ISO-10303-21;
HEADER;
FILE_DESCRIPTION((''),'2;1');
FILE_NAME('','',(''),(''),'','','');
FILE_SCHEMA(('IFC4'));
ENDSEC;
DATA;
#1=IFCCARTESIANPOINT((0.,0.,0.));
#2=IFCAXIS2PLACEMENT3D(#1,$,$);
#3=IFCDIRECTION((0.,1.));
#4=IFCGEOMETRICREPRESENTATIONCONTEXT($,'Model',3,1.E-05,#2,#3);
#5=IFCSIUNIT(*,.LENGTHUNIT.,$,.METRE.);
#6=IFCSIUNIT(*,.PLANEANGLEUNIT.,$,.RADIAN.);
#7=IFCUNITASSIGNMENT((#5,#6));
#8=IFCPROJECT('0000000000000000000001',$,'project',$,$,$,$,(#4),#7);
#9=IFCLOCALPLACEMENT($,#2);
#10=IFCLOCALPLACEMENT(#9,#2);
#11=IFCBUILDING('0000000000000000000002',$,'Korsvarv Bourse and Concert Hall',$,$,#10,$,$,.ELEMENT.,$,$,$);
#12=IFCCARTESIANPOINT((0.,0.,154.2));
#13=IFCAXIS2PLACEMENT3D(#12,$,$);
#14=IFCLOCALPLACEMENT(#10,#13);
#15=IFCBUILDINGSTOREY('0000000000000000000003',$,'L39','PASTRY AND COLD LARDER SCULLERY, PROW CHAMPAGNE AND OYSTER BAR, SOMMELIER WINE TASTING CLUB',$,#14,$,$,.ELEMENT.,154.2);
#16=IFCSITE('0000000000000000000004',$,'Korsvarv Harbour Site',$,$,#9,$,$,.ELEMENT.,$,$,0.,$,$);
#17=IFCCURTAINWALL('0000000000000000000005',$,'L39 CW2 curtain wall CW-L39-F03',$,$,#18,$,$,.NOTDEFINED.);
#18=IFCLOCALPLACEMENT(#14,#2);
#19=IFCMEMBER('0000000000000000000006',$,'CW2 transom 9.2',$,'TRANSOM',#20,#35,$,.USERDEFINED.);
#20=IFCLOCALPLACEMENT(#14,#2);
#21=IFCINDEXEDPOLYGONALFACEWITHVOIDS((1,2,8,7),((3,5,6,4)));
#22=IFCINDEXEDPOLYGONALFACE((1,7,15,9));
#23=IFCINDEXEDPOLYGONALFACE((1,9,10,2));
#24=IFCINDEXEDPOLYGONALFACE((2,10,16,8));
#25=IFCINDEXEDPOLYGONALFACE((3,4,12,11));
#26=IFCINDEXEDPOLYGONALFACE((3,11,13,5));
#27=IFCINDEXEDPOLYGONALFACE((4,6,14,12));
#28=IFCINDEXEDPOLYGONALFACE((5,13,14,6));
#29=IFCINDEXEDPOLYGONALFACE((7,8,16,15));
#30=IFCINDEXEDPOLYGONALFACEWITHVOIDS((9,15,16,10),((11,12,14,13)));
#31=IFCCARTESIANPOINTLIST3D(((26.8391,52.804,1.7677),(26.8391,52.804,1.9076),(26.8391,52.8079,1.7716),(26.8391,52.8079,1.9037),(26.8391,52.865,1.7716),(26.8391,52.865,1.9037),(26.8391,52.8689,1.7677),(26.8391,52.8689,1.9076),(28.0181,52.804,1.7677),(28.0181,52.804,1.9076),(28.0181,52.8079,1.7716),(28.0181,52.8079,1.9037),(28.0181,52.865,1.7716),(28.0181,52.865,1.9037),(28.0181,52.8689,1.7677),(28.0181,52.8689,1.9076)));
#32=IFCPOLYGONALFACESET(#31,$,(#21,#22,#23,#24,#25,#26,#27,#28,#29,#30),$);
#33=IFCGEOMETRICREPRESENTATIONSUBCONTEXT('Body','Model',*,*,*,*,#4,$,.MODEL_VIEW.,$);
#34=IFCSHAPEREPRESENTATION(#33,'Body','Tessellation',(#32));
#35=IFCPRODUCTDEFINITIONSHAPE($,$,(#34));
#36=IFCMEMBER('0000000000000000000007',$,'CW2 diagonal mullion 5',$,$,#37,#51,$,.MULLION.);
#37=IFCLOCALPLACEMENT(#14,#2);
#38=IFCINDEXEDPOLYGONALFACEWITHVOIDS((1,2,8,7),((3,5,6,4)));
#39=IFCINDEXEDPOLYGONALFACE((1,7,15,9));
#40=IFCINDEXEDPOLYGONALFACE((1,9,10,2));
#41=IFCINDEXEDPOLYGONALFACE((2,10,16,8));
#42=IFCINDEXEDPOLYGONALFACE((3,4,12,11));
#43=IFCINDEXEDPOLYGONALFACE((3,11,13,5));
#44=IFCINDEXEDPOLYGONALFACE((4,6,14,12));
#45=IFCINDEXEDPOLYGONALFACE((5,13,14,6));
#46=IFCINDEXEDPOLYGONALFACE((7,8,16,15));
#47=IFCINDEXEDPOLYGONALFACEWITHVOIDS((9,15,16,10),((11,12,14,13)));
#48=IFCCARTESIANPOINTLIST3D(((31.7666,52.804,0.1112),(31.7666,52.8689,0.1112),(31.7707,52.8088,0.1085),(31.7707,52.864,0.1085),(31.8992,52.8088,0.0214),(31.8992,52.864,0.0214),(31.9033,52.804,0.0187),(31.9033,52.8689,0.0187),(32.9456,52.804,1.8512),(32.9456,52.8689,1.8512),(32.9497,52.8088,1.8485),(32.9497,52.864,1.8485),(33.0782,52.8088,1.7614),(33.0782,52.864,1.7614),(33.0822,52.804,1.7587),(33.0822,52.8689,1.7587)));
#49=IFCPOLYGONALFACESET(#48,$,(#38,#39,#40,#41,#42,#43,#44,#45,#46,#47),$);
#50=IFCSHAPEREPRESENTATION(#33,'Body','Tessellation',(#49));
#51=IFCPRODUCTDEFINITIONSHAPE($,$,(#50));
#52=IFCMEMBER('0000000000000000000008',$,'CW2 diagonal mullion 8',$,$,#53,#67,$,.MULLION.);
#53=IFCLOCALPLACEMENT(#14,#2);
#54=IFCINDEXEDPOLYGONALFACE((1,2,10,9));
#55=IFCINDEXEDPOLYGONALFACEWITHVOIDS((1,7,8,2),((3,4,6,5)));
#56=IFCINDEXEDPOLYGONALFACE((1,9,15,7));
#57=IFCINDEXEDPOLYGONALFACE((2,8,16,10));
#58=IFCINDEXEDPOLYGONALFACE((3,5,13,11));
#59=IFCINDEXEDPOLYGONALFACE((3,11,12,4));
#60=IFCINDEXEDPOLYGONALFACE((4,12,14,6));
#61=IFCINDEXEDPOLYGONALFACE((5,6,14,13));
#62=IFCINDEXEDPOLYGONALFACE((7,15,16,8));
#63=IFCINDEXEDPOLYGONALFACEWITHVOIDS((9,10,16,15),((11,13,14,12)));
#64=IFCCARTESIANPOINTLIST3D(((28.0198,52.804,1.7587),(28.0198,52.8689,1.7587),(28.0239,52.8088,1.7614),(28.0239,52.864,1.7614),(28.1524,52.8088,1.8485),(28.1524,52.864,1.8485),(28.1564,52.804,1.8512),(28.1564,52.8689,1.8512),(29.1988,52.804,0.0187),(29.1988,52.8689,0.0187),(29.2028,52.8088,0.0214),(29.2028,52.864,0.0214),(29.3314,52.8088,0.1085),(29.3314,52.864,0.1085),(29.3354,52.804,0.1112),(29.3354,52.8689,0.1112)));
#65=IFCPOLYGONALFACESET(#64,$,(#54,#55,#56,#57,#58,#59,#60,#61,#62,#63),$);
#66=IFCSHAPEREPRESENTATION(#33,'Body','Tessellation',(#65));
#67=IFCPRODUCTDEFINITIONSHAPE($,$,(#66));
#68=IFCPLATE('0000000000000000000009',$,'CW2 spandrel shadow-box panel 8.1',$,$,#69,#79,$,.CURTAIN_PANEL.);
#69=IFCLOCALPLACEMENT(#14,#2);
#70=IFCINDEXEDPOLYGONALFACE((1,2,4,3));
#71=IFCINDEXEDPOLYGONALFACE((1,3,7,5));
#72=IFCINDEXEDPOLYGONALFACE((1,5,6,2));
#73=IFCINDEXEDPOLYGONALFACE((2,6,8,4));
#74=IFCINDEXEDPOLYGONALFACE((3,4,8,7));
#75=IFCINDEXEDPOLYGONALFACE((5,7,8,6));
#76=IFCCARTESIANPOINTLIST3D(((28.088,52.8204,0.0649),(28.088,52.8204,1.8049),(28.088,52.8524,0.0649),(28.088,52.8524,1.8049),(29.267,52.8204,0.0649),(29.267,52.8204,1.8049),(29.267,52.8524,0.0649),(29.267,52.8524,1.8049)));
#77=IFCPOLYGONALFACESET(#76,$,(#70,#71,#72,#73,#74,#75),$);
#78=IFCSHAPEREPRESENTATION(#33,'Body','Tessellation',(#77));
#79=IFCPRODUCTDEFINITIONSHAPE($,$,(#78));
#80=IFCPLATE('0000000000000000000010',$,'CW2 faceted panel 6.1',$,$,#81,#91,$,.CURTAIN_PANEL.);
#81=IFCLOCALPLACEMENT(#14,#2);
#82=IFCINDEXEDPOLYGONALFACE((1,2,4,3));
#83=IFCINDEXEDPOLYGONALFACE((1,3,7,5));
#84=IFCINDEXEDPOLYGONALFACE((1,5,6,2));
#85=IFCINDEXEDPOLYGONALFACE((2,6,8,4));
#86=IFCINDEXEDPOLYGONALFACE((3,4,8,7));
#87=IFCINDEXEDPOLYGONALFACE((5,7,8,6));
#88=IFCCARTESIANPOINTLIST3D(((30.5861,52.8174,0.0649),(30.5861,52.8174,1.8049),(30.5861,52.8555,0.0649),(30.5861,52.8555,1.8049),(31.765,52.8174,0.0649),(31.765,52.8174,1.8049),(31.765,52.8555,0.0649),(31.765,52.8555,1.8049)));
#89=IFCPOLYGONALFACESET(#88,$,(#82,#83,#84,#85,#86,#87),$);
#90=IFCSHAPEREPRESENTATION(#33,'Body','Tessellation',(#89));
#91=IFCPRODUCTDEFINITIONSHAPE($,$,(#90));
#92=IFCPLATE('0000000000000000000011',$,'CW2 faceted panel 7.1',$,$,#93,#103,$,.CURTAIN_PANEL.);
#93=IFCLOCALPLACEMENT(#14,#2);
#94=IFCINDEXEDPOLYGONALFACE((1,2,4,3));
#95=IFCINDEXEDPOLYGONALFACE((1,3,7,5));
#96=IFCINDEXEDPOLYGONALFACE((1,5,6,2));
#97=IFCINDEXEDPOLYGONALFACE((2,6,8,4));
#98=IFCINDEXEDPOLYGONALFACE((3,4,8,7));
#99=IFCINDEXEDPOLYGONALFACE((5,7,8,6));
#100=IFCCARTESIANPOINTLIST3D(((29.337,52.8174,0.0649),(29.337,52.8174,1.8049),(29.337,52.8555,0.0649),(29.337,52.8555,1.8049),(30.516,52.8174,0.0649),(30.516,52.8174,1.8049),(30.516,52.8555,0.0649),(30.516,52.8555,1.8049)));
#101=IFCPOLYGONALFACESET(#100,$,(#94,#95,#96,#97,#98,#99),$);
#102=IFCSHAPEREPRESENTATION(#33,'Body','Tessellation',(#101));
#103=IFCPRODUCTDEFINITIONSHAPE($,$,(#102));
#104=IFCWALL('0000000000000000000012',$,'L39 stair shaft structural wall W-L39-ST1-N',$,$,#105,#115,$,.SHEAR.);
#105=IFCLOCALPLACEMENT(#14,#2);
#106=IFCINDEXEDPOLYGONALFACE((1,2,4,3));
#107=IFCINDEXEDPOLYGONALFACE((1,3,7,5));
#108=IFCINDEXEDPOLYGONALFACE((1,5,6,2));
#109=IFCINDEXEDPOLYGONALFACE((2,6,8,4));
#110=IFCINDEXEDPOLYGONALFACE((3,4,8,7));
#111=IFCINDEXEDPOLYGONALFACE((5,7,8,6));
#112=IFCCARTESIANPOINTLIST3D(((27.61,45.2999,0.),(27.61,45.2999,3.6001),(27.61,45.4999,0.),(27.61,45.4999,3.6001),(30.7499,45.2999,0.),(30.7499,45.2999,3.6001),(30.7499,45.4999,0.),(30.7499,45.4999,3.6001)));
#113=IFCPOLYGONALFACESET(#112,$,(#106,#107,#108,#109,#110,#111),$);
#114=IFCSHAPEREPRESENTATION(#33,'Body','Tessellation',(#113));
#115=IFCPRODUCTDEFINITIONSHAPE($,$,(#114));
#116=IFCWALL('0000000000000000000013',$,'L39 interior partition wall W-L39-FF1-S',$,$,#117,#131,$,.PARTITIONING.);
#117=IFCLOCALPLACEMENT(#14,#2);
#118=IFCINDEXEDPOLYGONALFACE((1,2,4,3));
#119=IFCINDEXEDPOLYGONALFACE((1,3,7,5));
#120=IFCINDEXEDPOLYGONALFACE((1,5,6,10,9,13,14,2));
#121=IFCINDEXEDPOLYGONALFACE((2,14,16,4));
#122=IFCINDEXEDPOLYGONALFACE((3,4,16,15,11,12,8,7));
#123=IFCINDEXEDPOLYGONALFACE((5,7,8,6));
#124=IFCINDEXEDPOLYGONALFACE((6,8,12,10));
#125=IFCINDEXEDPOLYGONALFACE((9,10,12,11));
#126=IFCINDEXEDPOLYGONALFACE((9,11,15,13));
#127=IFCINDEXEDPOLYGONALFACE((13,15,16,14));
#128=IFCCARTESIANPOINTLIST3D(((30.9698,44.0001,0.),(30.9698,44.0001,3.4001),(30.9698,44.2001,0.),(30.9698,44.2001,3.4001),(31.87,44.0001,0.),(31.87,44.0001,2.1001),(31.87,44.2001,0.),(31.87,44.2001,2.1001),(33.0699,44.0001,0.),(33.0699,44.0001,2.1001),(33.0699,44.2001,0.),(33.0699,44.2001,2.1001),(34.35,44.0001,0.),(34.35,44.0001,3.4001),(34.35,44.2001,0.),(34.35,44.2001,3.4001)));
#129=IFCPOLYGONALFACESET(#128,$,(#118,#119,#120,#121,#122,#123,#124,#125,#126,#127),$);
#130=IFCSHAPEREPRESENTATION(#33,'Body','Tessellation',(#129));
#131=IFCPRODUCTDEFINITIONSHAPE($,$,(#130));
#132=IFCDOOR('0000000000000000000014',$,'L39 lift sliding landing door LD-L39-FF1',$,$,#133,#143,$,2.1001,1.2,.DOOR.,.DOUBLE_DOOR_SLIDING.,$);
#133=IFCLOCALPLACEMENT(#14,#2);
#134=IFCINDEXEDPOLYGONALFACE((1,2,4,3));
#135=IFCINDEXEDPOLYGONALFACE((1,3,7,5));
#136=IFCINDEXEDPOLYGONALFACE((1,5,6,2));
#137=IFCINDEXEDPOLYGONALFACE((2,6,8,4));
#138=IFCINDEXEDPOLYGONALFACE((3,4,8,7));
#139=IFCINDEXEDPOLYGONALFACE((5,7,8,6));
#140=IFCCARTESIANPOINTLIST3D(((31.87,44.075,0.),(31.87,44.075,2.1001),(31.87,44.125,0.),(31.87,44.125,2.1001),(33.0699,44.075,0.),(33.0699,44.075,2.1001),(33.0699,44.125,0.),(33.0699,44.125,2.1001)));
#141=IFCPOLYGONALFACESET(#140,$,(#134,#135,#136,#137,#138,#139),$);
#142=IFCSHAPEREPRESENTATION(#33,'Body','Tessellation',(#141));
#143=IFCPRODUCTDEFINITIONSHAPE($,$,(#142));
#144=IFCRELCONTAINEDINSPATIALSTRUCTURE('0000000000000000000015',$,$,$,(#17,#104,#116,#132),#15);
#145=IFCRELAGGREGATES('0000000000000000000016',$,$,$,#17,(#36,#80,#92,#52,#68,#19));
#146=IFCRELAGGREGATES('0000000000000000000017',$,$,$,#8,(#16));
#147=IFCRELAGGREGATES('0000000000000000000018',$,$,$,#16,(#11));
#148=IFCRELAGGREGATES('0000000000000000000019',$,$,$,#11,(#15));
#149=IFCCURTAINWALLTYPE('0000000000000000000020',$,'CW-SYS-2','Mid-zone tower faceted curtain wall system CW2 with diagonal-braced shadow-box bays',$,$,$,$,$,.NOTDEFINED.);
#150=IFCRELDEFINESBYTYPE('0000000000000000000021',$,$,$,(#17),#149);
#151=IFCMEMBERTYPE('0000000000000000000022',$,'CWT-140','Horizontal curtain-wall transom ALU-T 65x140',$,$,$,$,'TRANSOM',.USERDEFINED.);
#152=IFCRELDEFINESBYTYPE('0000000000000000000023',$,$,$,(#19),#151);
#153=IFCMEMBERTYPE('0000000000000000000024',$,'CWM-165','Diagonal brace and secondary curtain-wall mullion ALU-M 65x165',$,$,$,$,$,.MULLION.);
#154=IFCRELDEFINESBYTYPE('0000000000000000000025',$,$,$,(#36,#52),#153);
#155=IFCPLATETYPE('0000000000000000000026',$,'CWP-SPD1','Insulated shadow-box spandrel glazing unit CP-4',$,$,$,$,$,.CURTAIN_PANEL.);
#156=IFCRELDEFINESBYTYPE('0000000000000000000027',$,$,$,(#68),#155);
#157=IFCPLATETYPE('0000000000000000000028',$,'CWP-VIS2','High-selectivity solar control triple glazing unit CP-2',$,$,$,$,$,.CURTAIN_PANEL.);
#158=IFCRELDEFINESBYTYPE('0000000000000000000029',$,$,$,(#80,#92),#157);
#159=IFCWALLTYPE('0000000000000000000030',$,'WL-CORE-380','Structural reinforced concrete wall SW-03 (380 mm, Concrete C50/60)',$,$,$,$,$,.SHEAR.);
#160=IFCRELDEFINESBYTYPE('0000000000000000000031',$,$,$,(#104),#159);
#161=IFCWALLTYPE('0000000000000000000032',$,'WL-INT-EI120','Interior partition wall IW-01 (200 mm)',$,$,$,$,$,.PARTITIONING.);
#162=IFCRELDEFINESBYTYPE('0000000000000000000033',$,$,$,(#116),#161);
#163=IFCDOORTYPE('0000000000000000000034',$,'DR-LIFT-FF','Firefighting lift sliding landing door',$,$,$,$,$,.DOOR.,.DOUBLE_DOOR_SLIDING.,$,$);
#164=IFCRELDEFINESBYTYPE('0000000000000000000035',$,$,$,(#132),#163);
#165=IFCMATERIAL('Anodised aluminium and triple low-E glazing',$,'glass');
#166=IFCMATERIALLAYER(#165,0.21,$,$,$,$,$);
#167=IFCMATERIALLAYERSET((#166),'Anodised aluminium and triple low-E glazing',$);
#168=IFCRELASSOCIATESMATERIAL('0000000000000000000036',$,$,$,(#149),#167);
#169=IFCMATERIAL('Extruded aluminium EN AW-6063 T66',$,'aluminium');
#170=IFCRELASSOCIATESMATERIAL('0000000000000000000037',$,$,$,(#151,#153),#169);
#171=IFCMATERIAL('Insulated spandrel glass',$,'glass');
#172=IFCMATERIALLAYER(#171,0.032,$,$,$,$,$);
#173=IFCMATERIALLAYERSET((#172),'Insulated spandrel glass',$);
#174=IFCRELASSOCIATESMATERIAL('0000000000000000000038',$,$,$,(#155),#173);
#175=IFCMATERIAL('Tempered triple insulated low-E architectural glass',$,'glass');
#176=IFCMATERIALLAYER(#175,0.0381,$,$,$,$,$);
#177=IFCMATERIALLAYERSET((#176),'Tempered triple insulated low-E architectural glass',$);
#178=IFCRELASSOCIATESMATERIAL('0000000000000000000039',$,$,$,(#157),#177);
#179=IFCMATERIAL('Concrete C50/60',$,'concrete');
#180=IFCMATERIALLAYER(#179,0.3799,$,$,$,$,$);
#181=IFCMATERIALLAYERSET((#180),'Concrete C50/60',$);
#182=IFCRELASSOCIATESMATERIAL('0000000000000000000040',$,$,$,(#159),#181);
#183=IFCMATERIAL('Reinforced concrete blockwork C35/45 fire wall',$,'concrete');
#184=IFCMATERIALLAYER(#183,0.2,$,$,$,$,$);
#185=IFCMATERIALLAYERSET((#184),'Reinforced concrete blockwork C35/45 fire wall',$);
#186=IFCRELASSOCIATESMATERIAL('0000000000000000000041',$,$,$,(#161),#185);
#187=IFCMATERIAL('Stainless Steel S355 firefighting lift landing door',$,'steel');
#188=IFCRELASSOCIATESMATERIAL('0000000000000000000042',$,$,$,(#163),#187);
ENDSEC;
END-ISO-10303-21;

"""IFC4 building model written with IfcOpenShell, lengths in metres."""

from ifc_helpers import new_model, si_unit, direction, frame, frame_2d, origin, origin_2d, place, context, subcontext, project, spatial, rectangle, hollow_rectangle, extrude, source, transform, mapped, material, layer, layer_set, material_profile, profile_set, type_object, element, fill, aggregate, save


model = new_model("IFC4")

# Units and contexts
model_context = context("Model", 3, precision=1e-05, world=origin(), true_north=direction((0.0, 1.0)))
body_context = subcontext(model_context, "Body", "Model", "MODEL_VIEW")
ifc_project = project(units=[si_unit("LENGTHUNIT", "METRE"), si_unit("PLANEANGLEUNIT", "RADIAN")], contexts=[model_context])

# Site, building, storey
site_placement = place(None, origin())
site = spatial("IfcSite", under=ifc_project, at=site_placement, Name="Korsvarv Harbour Site", CompositionType="ELEMENT", RefElevation=0.0)
building_placement = place(site_placement, origin())
building = spatial("IfcBuilding", under=site, at=building_placement, Name="Korsvarv Bourse and Concert Hall", CompositionType="ELEMENT")
storey_placement = place(building_placement, frame((0.0, 0.0, 154.2)))
storey = spatial("IfcBuildingStorey", under=building, at=storey_placement, Name="L39", Description="PASTRY AND COLD LARDER SCULLERY, PROW CHAMPAGNE AND OYSTER BAR, SOMMELIER WINE TASTING CLUB", CompositionType="ELEMENT", Elevation=154.2)

# Curtain wall, members, plates
ifc_material_1 = material(Name="Anodised aluminium and triple low-E glazing", Category="glass")
ifc_layer_1 = layer(ifc_material_1, 0.21)
ifc_layer_set_1 = layer_set([ifc_layer_1], Name="Anodised aluminium and triple low-E glazing")
curtain_wall_type = type_object("IfcCurtainWallType", Name="CW-SYS-2", Description="Mid-zone tower faceted curtain wall system CW2 with diagonal-braced shadow-box bays", PredefinedType="NOTDEFINED", material=ifc_layer_set_1)
curtain_wall_placement = place(storey_placement, origin())
curtain_wall = element("IfcCurtainWall", 1, at=curtain_wall_placement, inside=storey, type_object=curtain_wall_type, Name="L39 CW2 curtain wall CW-L39-F03", PredefinedType="NOTDEFINED")
ifc_material_2 = material(Name="Extruded aluminium EN AW-6063 T66", Category="aluminium")
ifc_material_profile_1 = material_profile(ifc_material_2, hollow_rectangle(XDim=0.0649, YDim=0.1399, WallThickness=0.0039, at=origin_2d()), Name="ALU-T 65x140")
ifc_profile_set_1 = profile_set([ifc_material_profile_1], Name="Extruded aluminium EN AW-6063 T66")
member_type_1 = type_object("IfcMemberType", Name="CWT-140", Description="Horizontal curtain-wall transom ALU-T 65x140", ElementType="TRANSOM", PredefinedType="USERDEFINED", material=ifc_profile_set_1)
shared_shape_1 = source(origin(), body_context, "Body", "SweptSolid", [
    extrude(hollow_rectangle(XDim=0.0649, YDim=0.1399, WallThickness=0.0039, at=origin_2d()), origin(), (0.0, 0.0, 1.0), 1.179),
])
member_1_placement = place(storey_placement, frame((28.0181, 52.8364, 1.8376), z_axis=(-1.0, 0.0, 0.0), x_axis=(0.0, -1.0, 0.0)))
member_1 = element("IfcMember", 2, at=member_1_placement, type_object=member_type_1, Name="CW2 transom 9.2", ObjectType="TRANSOM", PredefinedType="USERDEFINED", context=body_context, shape_type="MappedRepresentation", body=[
    mapped(shared_shape_1, transform((0.0, 0.0, 0.0), scale=1.0)),
])
ifc_material_profile_2 = material_profile(ifc_material_2, hollow_rectangle(XDim=0.0649, YDim=0.165, WallThickness=0.0049, at=origin_2d()), Name="ALU-M 65x165")
ifc_profile_set_2 = profile_set([ifc_material_profile_2], Name="Extruded aluminium EN AW-6063 T66")
member_type_2 = type_object("IfcMemberType", Name="CWM-165", Description="Diagonal brace and secondary curtain-wall mullion ALU-M 65x165", PredefinedType="MULLION", material=ifc_profile_set_2)
shared_shape_2 = source(origin(), body_context, "Body", "SweptSolid", [
    extrude(hollow_rectangle(XDim=0.0649, YDim=0.165, WallThickness=0.0049, at=origin_2d()), origin(), (0.0, 0.0, 1.0), 2.1018),
])
member_2_placement = place(storey_placement, frame((31.835, 52.8364, 0.0649), z_axis=(0.56093, 0.0, 0.827863), x_axis=(0.0, 1.0, 0.0)))
member_2 = element("IfcMember", 3, at=member_2_placement, type_object=member_type_2, Name="CW2 diagonal mullion 5", PredefinedType="MULLION", context=body_context, shape_type="MappedRepresentation", body=[
    mapped(shared_shape_2, transform((0.0, 0.0, 0.0), scale=1.0)),
])
member_3_placement = place(storey_placement, frame((29.2671, 52.8364, 0.0649), z_axis=(-0.56093, 0.0, 0.827863), x_axis=(0.0, -1.0, 0.0)))
member_3 = element("IfcMember", 4, at=member_3_placement, type_object=member_type_2, Name="CW2 diagonal mullion 8", PredefinedType="MULLION", context=body_context, shape_type="MappedRepresentation", body=[
    mapped(shared_shape_2, transform((0.0, 0.0, 0.0), scale=1.0)),
])
ifc_material_3 = material(Name="Insulated spandrel glass", Category="glass")
ifc_layer_2 = layer(ifc_material_3, 0.032)
ifc_layer_set_2 = layer_set([ifc_layer_2], Name="Insulated spandrel glass")
plate_type_1 = type_object("IfcPlateType", Name="CWP-SPD1", Description="Insulated shadow-box spandrel glazing unit CP-4", PredefinedType="CURTAIN_PANEL", material=ifc_layer_set_2)
shared_shape_3 = source(origin(), body_context, "Body", "SweptSolid", [
    extrude(rectangle(XDim=1.179, YDim=0.032, at=origin_2d()), origin(), (0.0, 0.0, 1.0), 1.74),
])
plate_1_placement = place(storey_placement, frame((28.6775, 52.8364, 0.0649), z_axis=(0.0, 0.0, 1.0), x_axis=(-1.0, 0.0, 0.0)))
plate_1 = element("IfcPlate", 5, at=plate_1_placement, type_object=plate_type_1, Name="CW2 spandrel shadow-box panel 8.1", PredefinedType="CURTAIN_PANEL", context=body_context, shape_type="MappedRepresentation", body=[
    mapped(shared_shape_3, transform((0.0, 0.0, 0.0), scale=1.0)),
])
ifc_material_4 = material(Name="Tempered triple insulated low-E architectural glass", Category="glass")
ifc_layer_3 = layer(ifc_material_4, 0.0381)
ifc_layer_set_3 = layer_set([ifc_layer_3], Name="Tempered triple insulated low-E architectural glass")
plate_type_2 = type_object("IfcPlateType", Name="CWP-VIS2", Description="High-selectivity solar control triple glazing unit CP-2", PredefinedType="CURTAIN_PANEL", material=ifc_layer_set_3)
shared_shape_4 = source(origin(), body_context, "Body", "SweptSolid", [
    extrude(rectangle(XDim=1.179, YDim=0.0381, at=origin_2d()), origin(), (0.0, 0.0, 1.0), 1.74),
])
plate_2_placement = place(storey_placement, frame((31.1755, 52.8364, 0.0649), z_axis=(0.0, 0.0, 1.0), x_axis=(-1.0, 0.0, 0.0)))
plate_2 = element("IfcPlate", 6, at=plate_2_placement, type_object=plate_type_2, Name="CW2 faceted panel 6.1", PredefinedType="CURTAIN_PANEL", context=body_context, shape_type="MappedRepresentation", body=[
    mapped(shared_shape_4, transform((0.0, 0.0, 0.0), scale=1.0)),
])
plate_3_placement = place(storey_placement, frame((29.9265, 52.8364, 0.0649), z_axis=(0.0, 0.0, 1.0), x_axis=(-1.0, 0.0, 0.0)))
plate_3 = element("IfcPlate", 7, at=plate_3_placement, type_object=plate_type_2, Name="CW2 faceted panel 7.1", PredefinedType="CURTAIN_PANEL", context=body_context, shape_type="MappedRepresentation", body=[
    mapped(shared_shape_4, transform((0.0, 0.0, 0.0), scale=1.0)),
])
aggregate(curtain_wall, [member_2, plate_2, plate_3, member_3, plate_1, member_1])

# Wall
ifc_material_5 = material(Name="Concrete C50/60", Category="concrete")
ifc_layer_4 = layer(ifc_material_5, 0.3799)
ifc_layer_set_4 = layer_set([ifc_layer_4], Name="Concrete C50/60")
wall_type_1 = type_object("IfcWallType", Name="WL-CORE-380", Description="Structural reinforced concrete wall SW-03 (380 mm, Concrete C50/60)", PredefinedType="SHEAR", material=ifc_layer_set_4)
wall_1_placement = place(storey_placement, frame((27.6101, 45.3999, 0.0), z_axis=(0.0, 0.0, 1.0), x_axis=(1.0, 0.0, 0.0)))
element("IfcWall", 8, at=wall_1_placement, inside=storey, type_object=wall_type_1, Name="L39 stair shaft structural wall W-L39-ST1-N", PredefinedType="SHEAR", context=body_context, shape_type="SweptSolid", body=[
    extrude(rectangle(XDim=3.1399, YDim=0.2, at=frame_2d((1.5698, 0.0))), origin(), (0.0, 0.0, 1.0), 3.6001),
])

# Wall, opening, door
ifc_material_6 = material(Name="Reinforced concrete blockwork C35/45 fire wall", Category="concrete")
ifc_layer_5 = layer(ifc_material_6, 0.2)
ifc_layer_set_5 = layer_set([ifc_layer_5], Name="Reinforced concrete blockwork C35/45 fire wall")
wall_type_2 = type_object("IfcWallType", Name="WL-INT-EI120", Description="Interior partition wall IW-01 (200 mm)", PredefinedType="PARTITIONING", material=ifc_layer_set_5)
wall_2_placement = place(storey_placement, frame((30.97, 44.1001, 0.0), z_axis=(0.0, 0.0, 1.0), x_axis=(1.0, 0.0, 0.0)))
wall_2 = element("IfcWall", 9, at=wall_2_placement, inside=storey, type_object=wall_type_2, Name="L39 interior partition wall W-L39-FF1-S", PredefinedType="PARTITIONING", context=body_context, shape_type="SweptSolid", body=[
    extrude(rectangle(XDim=3.3801, YDim=0.2, at=frame_2d((1.6899, 0.0))), origin(), (0.0, 0.0, 1.0), 3.4001),
])
opening_placement = place(wall_2_placement, frame((0.8999, 0.0, 0.0)))
opening = element("IfcOpeningElement", 10, at=opening_placement, cuts=wall_2, PredefinedType="OPENING", context=body_context, shape_type="SweptSolid", body=[
    extrude(rectangle(XDim=1.2, YDim=2.1001, at=frame_2d((0.6001, 1.05))), frame((0.0, 0.1099, 0.0), z_axis=(0.0, -1.0, 0.0), x_axis=(1.0, 0.0, 0.0)), (0.0, 0.0, 1.0), 0.22),
])
ifc_material_7 = material(Name="Stainless Steel S355 firefighting lift landing door", Category="steel")
door_type = type_object("IfcDoorType", Name="DR-LIFT-FF", Description="Firefighting lift sliding landing door", OperationType="DOUBLE_DOOR_SLIDING", PredefinedType="DOOR", material=ifc_material_7)
door_placement = place(opening_placement, origin())
door = element("IfcDoor", 11, at=door_placement, inside=storey, type_object=door_type, Name="L39 lift sliding landing door LD-L39-FF1", OperationType="DOUBLE_DOOR_SLIDING", OverallHeight=2.1001, OverallWidth=1.2, PredefinedType="DOOR", context=body_context, shape_type="SweptSolid", body=[
    extrude(rectangle(XDim=1.2, YDim=2.1001, at=frame_2d((0.6001, 1.05))), frame((0.0, 0.0249, 0.0), z_axis=(0.0, -1.0, 0.0), x_axis=(1.0, 0.0, 0.0)), (0.0, 0.0, 1.0), 0.05),
])
fill(opening, door)

save(model, "model.ifc")
